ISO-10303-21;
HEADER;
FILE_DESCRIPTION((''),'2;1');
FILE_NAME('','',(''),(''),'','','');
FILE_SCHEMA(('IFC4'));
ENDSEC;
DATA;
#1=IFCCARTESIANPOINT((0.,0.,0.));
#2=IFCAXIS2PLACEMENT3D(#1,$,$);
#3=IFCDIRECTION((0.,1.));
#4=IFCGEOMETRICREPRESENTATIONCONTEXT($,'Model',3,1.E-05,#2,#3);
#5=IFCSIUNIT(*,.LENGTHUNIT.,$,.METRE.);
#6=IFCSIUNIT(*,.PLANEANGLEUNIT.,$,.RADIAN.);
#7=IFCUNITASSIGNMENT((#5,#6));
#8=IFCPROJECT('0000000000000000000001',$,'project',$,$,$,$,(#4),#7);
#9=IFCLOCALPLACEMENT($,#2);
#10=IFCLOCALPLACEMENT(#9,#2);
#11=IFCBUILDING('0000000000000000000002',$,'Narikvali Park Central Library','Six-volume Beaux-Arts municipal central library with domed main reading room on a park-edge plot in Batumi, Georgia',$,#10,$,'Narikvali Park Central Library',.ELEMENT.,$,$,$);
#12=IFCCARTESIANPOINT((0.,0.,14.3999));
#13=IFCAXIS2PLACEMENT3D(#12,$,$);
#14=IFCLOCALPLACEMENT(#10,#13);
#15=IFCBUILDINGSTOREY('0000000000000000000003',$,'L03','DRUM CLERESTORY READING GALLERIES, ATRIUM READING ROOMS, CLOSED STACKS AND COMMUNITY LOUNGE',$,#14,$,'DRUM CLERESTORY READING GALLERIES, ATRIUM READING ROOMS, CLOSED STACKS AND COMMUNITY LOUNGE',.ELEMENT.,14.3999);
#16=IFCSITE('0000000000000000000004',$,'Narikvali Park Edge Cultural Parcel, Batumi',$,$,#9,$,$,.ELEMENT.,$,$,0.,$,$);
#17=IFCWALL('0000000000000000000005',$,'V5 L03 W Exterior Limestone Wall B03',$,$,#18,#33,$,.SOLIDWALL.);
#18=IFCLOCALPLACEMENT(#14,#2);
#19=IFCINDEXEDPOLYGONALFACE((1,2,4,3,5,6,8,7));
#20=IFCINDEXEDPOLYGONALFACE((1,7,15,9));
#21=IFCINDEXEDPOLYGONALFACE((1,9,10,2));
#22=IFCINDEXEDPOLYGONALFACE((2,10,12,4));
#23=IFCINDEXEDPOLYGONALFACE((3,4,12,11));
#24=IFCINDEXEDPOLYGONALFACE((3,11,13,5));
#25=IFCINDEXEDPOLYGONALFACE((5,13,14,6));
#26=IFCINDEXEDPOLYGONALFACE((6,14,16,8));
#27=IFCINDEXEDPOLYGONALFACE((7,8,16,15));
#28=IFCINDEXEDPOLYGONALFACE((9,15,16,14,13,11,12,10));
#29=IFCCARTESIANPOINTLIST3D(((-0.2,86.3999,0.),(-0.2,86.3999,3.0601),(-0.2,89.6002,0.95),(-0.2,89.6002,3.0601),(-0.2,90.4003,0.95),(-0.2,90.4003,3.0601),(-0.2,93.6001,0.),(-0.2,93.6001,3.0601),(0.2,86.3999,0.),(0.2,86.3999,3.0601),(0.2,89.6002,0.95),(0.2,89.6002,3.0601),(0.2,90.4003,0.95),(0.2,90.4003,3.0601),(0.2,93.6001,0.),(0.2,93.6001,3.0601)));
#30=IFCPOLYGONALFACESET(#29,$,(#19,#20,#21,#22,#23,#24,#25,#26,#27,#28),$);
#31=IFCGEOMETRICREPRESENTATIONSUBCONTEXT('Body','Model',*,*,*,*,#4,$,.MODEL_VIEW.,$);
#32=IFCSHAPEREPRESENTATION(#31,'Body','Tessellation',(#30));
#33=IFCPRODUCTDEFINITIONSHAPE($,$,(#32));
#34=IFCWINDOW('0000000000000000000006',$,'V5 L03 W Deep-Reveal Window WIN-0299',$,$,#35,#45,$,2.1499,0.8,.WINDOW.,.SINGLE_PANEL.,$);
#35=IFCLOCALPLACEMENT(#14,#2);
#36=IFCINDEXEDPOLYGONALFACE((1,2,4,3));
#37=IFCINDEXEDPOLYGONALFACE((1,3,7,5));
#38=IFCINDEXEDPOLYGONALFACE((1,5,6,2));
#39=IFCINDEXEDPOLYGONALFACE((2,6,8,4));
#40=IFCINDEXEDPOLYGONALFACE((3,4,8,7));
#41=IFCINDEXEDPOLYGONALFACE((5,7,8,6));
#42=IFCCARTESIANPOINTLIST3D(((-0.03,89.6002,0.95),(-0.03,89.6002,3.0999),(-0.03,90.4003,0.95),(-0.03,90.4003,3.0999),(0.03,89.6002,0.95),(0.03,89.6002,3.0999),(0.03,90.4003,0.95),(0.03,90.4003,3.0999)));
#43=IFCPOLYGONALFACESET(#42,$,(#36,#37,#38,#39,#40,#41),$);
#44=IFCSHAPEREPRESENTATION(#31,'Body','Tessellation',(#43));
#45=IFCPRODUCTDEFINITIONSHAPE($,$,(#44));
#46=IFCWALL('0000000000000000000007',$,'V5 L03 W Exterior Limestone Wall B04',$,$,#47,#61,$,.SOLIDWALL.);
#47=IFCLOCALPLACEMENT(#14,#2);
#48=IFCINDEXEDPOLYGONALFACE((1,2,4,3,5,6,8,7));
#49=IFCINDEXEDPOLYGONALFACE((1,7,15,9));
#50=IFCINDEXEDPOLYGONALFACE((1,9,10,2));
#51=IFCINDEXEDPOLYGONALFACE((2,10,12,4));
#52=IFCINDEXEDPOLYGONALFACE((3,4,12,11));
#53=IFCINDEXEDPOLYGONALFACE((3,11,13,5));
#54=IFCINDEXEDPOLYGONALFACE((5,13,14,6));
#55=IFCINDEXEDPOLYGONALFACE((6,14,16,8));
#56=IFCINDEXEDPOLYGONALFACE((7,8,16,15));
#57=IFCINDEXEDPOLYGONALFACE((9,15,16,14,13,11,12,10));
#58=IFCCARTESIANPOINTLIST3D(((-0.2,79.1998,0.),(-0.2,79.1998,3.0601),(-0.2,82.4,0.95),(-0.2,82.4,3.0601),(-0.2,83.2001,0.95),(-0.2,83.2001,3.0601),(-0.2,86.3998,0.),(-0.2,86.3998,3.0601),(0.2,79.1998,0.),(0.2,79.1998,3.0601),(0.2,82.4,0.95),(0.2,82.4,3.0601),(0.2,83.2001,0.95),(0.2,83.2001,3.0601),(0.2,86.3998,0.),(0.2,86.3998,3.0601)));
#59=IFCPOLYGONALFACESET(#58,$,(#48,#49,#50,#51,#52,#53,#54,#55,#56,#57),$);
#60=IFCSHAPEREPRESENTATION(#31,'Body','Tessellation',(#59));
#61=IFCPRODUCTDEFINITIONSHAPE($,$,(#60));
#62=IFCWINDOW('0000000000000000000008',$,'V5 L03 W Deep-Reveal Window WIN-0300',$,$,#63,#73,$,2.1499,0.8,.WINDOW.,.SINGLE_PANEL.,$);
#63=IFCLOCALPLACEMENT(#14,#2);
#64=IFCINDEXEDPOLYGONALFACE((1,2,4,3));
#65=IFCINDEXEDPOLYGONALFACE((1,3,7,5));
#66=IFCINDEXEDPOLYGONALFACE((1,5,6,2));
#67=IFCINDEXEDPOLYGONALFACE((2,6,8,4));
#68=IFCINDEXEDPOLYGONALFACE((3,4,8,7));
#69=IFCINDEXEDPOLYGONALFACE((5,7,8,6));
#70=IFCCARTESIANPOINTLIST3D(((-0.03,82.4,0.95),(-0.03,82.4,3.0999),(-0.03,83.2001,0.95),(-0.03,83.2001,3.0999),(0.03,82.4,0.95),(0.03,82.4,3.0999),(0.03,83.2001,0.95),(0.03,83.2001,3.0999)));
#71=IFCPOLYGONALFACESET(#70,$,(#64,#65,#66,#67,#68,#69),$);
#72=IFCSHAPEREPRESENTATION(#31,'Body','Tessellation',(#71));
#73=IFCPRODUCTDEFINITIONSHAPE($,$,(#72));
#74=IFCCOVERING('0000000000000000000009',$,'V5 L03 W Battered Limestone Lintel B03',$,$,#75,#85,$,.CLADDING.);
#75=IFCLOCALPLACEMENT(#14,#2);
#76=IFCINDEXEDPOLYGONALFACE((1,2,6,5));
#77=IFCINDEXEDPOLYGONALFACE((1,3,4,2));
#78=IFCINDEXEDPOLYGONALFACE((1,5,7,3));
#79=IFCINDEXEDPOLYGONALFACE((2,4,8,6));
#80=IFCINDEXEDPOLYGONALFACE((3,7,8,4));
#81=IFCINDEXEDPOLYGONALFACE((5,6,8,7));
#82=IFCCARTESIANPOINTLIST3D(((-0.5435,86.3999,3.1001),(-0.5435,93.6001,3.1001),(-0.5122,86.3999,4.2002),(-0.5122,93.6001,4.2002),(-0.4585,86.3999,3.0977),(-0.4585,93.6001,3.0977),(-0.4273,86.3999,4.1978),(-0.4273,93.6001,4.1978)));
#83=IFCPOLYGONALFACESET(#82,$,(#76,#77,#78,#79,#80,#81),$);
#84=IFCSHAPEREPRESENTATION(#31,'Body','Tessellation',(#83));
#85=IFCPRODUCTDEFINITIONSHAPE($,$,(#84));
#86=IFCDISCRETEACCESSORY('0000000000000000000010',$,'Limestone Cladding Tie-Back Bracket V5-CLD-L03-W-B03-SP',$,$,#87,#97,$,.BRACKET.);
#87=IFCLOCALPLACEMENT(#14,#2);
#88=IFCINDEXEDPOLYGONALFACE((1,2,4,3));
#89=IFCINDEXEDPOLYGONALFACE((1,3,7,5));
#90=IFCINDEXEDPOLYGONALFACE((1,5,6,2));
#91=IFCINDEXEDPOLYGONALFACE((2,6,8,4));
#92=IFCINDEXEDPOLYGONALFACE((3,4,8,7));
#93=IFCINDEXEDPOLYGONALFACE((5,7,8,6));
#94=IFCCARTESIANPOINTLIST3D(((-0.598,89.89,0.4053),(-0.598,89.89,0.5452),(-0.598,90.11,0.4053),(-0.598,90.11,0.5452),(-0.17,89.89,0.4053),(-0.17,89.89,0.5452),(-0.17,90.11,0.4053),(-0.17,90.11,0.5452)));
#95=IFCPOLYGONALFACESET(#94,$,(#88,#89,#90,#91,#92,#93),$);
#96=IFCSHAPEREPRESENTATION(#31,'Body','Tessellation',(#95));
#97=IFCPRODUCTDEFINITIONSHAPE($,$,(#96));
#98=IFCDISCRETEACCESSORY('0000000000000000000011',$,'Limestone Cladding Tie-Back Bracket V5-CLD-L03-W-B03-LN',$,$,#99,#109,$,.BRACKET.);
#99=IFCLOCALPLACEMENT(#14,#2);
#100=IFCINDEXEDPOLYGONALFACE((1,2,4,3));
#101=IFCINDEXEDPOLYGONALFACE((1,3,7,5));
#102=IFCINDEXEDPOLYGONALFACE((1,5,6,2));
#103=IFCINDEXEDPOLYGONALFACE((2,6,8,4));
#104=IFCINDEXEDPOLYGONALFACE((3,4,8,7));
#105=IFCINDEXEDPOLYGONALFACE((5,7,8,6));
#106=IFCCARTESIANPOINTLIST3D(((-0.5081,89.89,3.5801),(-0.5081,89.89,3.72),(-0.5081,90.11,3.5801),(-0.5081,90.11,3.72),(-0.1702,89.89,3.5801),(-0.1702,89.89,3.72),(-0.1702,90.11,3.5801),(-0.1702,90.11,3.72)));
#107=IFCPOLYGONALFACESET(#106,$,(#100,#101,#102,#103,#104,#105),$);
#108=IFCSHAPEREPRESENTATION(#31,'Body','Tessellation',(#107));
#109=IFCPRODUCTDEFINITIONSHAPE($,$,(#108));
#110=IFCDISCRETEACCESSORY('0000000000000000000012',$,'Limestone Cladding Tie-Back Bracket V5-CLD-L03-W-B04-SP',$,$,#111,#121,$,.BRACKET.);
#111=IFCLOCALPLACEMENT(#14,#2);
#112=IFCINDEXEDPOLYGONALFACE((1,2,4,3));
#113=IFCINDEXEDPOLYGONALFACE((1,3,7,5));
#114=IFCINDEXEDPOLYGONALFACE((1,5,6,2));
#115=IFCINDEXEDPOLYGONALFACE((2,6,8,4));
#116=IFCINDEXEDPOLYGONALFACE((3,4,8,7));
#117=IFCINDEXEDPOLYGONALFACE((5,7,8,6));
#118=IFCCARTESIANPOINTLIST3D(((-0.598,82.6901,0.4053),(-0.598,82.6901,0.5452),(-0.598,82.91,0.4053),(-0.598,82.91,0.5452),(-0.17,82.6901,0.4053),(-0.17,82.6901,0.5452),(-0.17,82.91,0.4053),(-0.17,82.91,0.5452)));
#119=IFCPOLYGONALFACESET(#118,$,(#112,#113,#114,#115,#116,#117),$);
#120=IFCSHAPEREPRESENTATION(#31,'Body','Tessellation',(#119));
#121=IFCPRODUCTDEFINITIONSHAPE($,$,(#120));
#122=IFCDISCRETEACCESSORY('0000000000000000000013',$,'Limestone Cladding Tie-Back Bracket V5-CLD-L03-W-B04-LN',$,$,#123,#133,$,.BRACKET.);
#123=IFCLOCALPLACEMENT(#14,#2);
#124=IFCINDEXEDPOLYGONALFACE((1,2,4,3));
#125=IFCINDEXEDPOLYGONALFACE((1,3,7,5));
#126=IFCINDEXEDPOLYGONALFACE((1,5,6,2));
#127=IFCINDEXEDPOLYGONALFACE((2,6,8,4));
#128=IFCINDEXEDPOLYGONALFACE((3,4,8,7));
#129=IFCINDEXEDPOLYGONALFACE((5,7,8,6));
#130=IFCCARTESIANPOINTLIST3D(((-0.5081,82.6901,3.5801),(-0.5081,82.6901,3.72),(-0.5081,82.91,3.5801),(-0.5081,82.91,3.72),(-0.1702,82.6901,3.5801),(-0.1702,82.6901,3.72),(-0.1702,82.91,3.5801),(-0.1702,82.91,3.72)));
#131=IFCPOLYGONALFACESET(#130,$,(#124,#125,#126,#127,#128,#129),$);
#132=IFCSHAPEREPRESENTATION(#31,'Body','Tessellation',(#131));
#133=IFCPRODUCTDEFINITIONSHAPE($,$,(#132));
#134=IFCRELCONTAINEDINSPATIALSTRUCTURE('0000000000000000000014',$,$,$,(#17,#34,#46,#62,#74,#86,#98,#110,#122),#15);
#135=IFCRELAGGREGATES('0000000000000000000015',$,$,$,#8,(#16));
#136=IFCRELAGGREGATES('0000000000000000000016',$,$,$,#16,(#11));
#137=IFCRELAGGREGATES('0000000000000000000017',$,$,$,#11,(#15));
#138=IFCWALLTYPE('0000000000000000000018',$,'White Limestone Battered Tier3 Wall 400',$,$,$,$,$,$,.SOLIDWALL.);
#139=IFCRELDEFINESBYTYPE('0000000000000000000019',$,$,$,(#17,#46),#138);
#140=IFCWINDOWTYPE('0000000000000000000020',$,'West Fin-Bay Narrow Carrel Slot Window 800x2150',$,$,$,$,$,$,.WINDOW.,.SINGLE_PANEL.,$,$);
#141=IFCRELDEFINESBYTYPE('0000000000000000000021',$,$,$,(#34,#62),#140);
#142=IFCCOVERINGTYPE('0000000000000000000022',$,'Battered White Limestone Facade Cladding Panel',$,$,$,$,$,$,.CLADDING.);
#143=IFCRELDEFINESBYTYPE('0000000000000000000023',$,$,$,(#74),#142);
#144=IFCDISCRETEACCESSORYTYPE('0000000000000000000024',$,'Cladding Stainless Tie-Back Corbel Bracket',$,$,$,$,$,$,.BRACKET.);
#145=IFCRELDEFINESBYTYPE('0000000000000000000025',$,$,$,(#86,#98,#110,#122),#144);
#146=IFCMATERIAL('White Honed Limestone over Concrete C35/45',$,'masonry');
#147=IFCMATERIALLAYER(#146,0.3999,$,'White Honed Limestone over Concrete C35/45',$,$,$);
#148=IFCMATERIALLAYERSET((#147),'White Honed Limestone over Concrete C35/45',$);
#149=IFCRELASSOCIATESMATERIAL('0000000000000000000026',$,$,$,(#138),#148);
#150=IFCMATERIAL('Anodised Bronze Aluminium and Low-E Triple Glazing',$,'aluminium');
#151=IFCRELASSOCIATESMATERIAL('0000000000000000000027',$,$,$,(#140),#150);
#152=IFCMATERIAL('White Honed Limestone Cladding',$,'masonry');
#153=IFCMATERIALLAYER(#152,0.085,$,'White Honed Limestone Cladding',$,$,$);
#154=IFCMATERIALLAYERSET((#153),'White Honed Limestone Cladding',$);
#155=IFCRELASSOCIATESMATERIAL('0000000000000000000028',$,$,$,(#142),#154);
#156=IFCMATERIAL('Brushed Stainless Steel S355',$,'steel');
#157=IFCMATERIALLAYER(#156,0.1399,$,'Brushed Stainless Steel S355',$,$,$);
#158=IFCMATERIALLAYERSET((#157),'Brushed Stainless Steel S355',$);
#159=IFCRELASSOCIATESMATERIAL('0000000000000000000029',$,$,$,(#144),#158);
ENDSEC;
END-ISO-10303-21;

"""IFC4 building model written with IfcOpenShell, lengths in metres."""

from ifc_helpers import new_model, si_unit, direction, frame, frame_2d, origin, origin_2d, place, context, subcontext, project, spatial, polyline, rectangle, outline, extrude, material, layer, layer_set, type_object, element, fill, save


model = new_model("IFC4")

# Units and contexts
model_context = context("Model", 3, precision=1e-05, world=origin(), true_north=direction((0.0, 1.0)))
body_context = subcontext(model_context, "Body", "Model", "MODEL_VIEW")
ifc_project = project(units=[si_unit("LENGTHUNIT", "METRE"), si_unit("PLANEANGLEUNIT", "RADIAN")], contexts=[model_context])

# Site, building, storey
site_placement = place(None, origin())
site = spatial("IfcSite", under=ifc_project, at=site_placement, Name="Narikvali Park Edge Cultural Parcel, Batumi", CompositionType="ELEMENT", RefElevation=0.0)
building_placement = place(site_placement, origin())
building = spatial("IfcBuilding", under=site, at=building_placement, Name="Narikvali Park Central Library", Description="Six-volume Beaux-Arts municipal central library with domed main reading room on a park-edge plot in Batumi, Georgia", LongName="Narikvali Park Central Library", CompositionType="ELEMENT")
storey_placement = place(building_placement, frame((0.0, 0.0, 14.3999)))
storey = spatial("IfcBuildingStorey", under=building, at=storey_placement, Name="L03", Description="DRUM CLERESTORY READING GALLERIES, ATRIUM READING ROOMS, CLOSED STACKS AND COMMUNITY LOUNGE", LongName="DRUM CLERESTORY READING GALLERIES, ATRIUM READING ROOMS, CLOSED STACKS AND COMMUNITY LOUNGE", CompositionType="ELEMENT", Elevation=14.3999)

# Walls, openings, windows
ifc_material_1 = material(Name="White Honed Limestone over Concrete C35/45", Category="masonry")
ifc_layer_1 = layer(ifc_material_1, 0.3999, Name="White Honed Limestone over Concrete C35/45")
ifc_layer_set_1 = layer_set([ifc_layer_1], Name="White Honed Limestone over Concrete C35/45")
wall_type = type_object("IfcWallType", Name="White Limestone Battered Tier3 Wall 400", PredefinedType="SOLIDWALL", material=ifc_layer_set_1)
wall_1_placement = place(storey_placement, frame((0.0, 93.6001, 0.0), z_axis=(0.0, 0.0, 1.0), x_axis=(0.0, -1.0, 0.0)))
wall_1 = element("IfcWall", 1, at=wall_1_placement, inside=storey, type_object=wall_type, Name="V5 L03 W Exterior Limestone Wall B03", PredefinedType="SOLIDWALL", context=body_context, shape_type="SweptSolid", body=[
    extrude(rectangle(XDim=7.2002, YDim=0.3999, at=frame_2d((3.6001, 0.0))), origin(), (0.0, 0.0, 1.0), 3.0601),
])
opening_1_placement = place(wall_1_placement, frame((3.2, 0.0, 0.95)))
opening_1 = element("IfcOpeningElement", 2, at=opening_1_placement, cuts=wall_1, PredefinedType="OPENING", context=body_context, shape_type="SweptSolid", body=[
    extrude(rectangle(XDim=0.8, YDim=2.1499, at=frame_2d((0.3999, 1.075))), frame((0.0, 0.2119, 0.0), z_axis=(0.0, -1.0, 0.0), x_axis=(1.0, 0.0, 0.0)), (0.0, 0.0, 1.0), 0.4238),
])
ifc_material_2 = material(Name="Anodised Bronze Aluminium and Low-E Triple Glazing", Category="aluminium")
window_type = type_object("IfcWindowType", Name="West Fin-Bay Narrow Carrel Slot Window 800x2150", PartitioningType="SINGLE_PANEL", PredefinedType="WINDOW", material=ifc_material_2)
window_1_placement = place(opening_1_placement, origin())
window_1 = element("IfcWindow", 3, at=window_1_placement, inside=storey, type_object=window_type, Name="V5 L03 W Deep-Reveal Window WIN-0299", OverallHeight=2.1499, OverallWidth=0.8, PartitioningType="SINGLE_PANEL", PredefinedType="WINDOW", context=body_context, shape_type="SweptSolid", body=[
    extrude(rectangle(XDim=0.8, YDim=2.1499, at=frame_2d((0.3999, 1.075))), frame((0.0, 0.03, 0.0), z_axis=(0.0, -1.0, 0.0), x_axis=(1.0, 0.0, 0.0)), (0.0, 0.0, 1.0), 0.0601),
])
fill(opening_1, window_1)
wall_2_placement = place(storey_placement, frame((0.0, 86.3999, 0.0), z_axis=(0.0, 0.0, 1.0), x_axis=(0.0, -1.0, 0.0)))
wall_2 = element("IfcWall", 4, at=wall_2_placement, inside=storey, type_object=wall_type, Name="V5 L03 W Exterior Limestone Wall B04", PredefinedType="SOLIDWALL", context=body_context, shape_type="SweptSolid", body=[
    extrude(rectangle(XDim=7.2, YDim=0.3999, at=frame_2d((3.6001, 0.0))), origin(), (0.0, 0.0, 1.0), 3.0601),
])
opening_2_placement = place(wall_2_placement, frame((3.2, 0.0, 0.95)))
opening_2 = element("IfcOpeningElement", 5, at=opening_2_placement, cuts=wall_2, PredefinedType="OPENING", context=body_context, shape_type="SweptSolid", body=[
    extrude(rectangle(XDim=0.8, YDim=2.1499, at=frame_2d((0.3999, 1.075))), frame((0.0, 0.2119, 0.0), z_axis=(0.0, -1.0, 0.0), x_axis=(1.0, 0.0, 0.0)), (0.0, 0.0, 1.0), 0.4238),
])
window_2_placement = place(opening_2_placement, origin())
window_2 = element("IfcWindow", 6, at=window_2_placement, inside=storey, type_object=window_type, Name="V5 L03 W Deep-Reveal Window WIN-0300", OverallHeight=2.1499, OverallWidth=0.8, PartitioningType="SINGLE_PANEL", PredefinedType="WINDOW", context=body_context, shape_type="SweptSolid", body=[
    extrude(rectangle(XDim=0.8, YDim=2.1499, at=frame_2d((0.3999, 1.075))), frame((0.0, 0.03, 0.0), z_axis=(0.0, -1.0, 0.0), x_axis=(1.0, 0.0, 0.0)), (0.0, 0.0, 1.0), 0.0601),
])
fill(opening_2, window_2)

# Covering
ifc_material_3 = material(Name="White Honed Limestone Cladding", Category="masonry")
ifc_layer_2 = layer(ifc_material_3, 0.085, Name="White Honed Limestone Cladding")
ifc_layer_set_2 = layer_set([ifc_layer_2], Name="White Honed Limestone Cladding")
covering_type = type_object("IfcCoveringType", Name="Battered White Limestone Facade Cladding Panel", PredefinedType="CLADDING", material=ifc_layer_set_2)
covering_placement = place(storey_placement, frame((-0.5435, 93.6001, 3.1001), z_axis=(-0.999597, 0.0, 0.028395), x_axis=(0.0, -1.0, 0.0)))
element("IfcCovering", 7, at=covering_placement, inside=storey, type_object=covering_type, Name="V5 L03 W Battered Limestone Lintel B03", PredefinedType="CLADDING", context=body_context, shape_type="SweptSolid", body=[
    extrude(outline(polyline([(0.0, 0.0), (7.2002, 0.0), (7.2002, 1.1005), (0.0, 1.1005), (0.0, 0.0)])), origin(), (0.0, 0.0, -1.0), 0.085),
])

# Discrete accessories
ifc_material_4 = material(Name="Brushed Stainless Steel S355", Category="steel")
ifc_layer_3 = layer(ifc_material_4, 0.1399, Name="Brushed Stainless Steel S355")
ifc_layer_set_3 = layer_set([ifc_layer_3], Name="Brushed Stainless Steel S355")
discrete_accessory_type = type_object("IfcDiscreteAccessoryType", Name="Cladding Stainless Tie-Back Corbel Bracket", PredefinedType="BRACKET", material=ifc_layer_set_3)
discrete_accessory_1_placement = place(storey_placement, frame((-0.384, 90.0, 0.4053), z_axis=(0.0, 0.0, 1.0), x_axis=(1.0, 0.0, 0.0)))
element("IfcDiscreteAccessory", 8, at=discrete_accessory_1_placement, inside=storey, type_object=discrete_accessory_type, Name="Limestone Cladding Tie-Back Bracket V5-CLD-L03-W-B03-SP", PredefinedType="BRACKET", context=body_context, shape_type="SweptSolid", body=[
    extrude(rectangle(XDim=0.428, YDim=0.22, at=origin_2d()), origin(), (0.0, 0.0, 1.0), 0.1399),
])
discrete_accessory_2_placement = place(storey_placement, frame((-0.3391, 90.0, 3.5801), z_axis=(0.0, 0.0, 1.0), x_axis=(1.0, 0.0, 0.0)))
element("IfcDiscreteAccessory", 9, at=discrete_accessory_2_placement, inside=storey, type_object=discrete_accessory_type, Name="Limestone Cladding Tie-Back Bracket V5-CLD-L03-W-B03-LN", PredefinedType="BRACKET", context=body_context, shape_type="SweptSolid", body=[
    extrude(rectangle(XDim=0.3379, YDim=0.22, at=origin_2d()), origin(), (0.0, 0.0, 1.0), 0.1399),
])
discrete_accessory_3_placement = place(storey_placement, frame((-0.384, 82.8, 0.4053), z_axis=(0.0, 0.0, 1.0), x_axis=(1.0, 0.0, 0.0)))
element("IfcDiscreteAccessory", 10, at=discrete_accessory_3_placement, inside=storey, type_object=discrete_accessory_type, Name="Limestone Cladding Tie-Back Bracket V5-CLD-L03-W-B04-SP", PredefinedType="BRACKET", context=body_context, shape_type="SweptSolid", body=[
    extrude(rectangle(XDim=0.428, YDim=0.22, at=origin_2d()), origin(), (0.0, 0.0, 1.0), 0.1399),
])
discrete_accessory_4_placement = place(storey_placement, frame((-0.3391, 82.8, 3.5801), z_axis=(0.0, 0.0, 1.0), x_axis=(1.0, 0.0, 0.0)))
element("IfcDiscreteAccessory", 11, at=discrete_accessory_4_placement, inside=storey, type_object=discrete_accessory_type, Name="Limestone Cladding Tie-Back Bracket V5-CLD-L03-W-B04-LN", PredefinedType="BRACKET", context=body_context, shape_type="SweptSolid", body=[
    extrude(rectangle(XDim=0.3379, YDim=0.22, at=origin_2d()), origin(), (0.0, 0.0, 1.0), 0.1399),
])

save(model, "model.ifc")
